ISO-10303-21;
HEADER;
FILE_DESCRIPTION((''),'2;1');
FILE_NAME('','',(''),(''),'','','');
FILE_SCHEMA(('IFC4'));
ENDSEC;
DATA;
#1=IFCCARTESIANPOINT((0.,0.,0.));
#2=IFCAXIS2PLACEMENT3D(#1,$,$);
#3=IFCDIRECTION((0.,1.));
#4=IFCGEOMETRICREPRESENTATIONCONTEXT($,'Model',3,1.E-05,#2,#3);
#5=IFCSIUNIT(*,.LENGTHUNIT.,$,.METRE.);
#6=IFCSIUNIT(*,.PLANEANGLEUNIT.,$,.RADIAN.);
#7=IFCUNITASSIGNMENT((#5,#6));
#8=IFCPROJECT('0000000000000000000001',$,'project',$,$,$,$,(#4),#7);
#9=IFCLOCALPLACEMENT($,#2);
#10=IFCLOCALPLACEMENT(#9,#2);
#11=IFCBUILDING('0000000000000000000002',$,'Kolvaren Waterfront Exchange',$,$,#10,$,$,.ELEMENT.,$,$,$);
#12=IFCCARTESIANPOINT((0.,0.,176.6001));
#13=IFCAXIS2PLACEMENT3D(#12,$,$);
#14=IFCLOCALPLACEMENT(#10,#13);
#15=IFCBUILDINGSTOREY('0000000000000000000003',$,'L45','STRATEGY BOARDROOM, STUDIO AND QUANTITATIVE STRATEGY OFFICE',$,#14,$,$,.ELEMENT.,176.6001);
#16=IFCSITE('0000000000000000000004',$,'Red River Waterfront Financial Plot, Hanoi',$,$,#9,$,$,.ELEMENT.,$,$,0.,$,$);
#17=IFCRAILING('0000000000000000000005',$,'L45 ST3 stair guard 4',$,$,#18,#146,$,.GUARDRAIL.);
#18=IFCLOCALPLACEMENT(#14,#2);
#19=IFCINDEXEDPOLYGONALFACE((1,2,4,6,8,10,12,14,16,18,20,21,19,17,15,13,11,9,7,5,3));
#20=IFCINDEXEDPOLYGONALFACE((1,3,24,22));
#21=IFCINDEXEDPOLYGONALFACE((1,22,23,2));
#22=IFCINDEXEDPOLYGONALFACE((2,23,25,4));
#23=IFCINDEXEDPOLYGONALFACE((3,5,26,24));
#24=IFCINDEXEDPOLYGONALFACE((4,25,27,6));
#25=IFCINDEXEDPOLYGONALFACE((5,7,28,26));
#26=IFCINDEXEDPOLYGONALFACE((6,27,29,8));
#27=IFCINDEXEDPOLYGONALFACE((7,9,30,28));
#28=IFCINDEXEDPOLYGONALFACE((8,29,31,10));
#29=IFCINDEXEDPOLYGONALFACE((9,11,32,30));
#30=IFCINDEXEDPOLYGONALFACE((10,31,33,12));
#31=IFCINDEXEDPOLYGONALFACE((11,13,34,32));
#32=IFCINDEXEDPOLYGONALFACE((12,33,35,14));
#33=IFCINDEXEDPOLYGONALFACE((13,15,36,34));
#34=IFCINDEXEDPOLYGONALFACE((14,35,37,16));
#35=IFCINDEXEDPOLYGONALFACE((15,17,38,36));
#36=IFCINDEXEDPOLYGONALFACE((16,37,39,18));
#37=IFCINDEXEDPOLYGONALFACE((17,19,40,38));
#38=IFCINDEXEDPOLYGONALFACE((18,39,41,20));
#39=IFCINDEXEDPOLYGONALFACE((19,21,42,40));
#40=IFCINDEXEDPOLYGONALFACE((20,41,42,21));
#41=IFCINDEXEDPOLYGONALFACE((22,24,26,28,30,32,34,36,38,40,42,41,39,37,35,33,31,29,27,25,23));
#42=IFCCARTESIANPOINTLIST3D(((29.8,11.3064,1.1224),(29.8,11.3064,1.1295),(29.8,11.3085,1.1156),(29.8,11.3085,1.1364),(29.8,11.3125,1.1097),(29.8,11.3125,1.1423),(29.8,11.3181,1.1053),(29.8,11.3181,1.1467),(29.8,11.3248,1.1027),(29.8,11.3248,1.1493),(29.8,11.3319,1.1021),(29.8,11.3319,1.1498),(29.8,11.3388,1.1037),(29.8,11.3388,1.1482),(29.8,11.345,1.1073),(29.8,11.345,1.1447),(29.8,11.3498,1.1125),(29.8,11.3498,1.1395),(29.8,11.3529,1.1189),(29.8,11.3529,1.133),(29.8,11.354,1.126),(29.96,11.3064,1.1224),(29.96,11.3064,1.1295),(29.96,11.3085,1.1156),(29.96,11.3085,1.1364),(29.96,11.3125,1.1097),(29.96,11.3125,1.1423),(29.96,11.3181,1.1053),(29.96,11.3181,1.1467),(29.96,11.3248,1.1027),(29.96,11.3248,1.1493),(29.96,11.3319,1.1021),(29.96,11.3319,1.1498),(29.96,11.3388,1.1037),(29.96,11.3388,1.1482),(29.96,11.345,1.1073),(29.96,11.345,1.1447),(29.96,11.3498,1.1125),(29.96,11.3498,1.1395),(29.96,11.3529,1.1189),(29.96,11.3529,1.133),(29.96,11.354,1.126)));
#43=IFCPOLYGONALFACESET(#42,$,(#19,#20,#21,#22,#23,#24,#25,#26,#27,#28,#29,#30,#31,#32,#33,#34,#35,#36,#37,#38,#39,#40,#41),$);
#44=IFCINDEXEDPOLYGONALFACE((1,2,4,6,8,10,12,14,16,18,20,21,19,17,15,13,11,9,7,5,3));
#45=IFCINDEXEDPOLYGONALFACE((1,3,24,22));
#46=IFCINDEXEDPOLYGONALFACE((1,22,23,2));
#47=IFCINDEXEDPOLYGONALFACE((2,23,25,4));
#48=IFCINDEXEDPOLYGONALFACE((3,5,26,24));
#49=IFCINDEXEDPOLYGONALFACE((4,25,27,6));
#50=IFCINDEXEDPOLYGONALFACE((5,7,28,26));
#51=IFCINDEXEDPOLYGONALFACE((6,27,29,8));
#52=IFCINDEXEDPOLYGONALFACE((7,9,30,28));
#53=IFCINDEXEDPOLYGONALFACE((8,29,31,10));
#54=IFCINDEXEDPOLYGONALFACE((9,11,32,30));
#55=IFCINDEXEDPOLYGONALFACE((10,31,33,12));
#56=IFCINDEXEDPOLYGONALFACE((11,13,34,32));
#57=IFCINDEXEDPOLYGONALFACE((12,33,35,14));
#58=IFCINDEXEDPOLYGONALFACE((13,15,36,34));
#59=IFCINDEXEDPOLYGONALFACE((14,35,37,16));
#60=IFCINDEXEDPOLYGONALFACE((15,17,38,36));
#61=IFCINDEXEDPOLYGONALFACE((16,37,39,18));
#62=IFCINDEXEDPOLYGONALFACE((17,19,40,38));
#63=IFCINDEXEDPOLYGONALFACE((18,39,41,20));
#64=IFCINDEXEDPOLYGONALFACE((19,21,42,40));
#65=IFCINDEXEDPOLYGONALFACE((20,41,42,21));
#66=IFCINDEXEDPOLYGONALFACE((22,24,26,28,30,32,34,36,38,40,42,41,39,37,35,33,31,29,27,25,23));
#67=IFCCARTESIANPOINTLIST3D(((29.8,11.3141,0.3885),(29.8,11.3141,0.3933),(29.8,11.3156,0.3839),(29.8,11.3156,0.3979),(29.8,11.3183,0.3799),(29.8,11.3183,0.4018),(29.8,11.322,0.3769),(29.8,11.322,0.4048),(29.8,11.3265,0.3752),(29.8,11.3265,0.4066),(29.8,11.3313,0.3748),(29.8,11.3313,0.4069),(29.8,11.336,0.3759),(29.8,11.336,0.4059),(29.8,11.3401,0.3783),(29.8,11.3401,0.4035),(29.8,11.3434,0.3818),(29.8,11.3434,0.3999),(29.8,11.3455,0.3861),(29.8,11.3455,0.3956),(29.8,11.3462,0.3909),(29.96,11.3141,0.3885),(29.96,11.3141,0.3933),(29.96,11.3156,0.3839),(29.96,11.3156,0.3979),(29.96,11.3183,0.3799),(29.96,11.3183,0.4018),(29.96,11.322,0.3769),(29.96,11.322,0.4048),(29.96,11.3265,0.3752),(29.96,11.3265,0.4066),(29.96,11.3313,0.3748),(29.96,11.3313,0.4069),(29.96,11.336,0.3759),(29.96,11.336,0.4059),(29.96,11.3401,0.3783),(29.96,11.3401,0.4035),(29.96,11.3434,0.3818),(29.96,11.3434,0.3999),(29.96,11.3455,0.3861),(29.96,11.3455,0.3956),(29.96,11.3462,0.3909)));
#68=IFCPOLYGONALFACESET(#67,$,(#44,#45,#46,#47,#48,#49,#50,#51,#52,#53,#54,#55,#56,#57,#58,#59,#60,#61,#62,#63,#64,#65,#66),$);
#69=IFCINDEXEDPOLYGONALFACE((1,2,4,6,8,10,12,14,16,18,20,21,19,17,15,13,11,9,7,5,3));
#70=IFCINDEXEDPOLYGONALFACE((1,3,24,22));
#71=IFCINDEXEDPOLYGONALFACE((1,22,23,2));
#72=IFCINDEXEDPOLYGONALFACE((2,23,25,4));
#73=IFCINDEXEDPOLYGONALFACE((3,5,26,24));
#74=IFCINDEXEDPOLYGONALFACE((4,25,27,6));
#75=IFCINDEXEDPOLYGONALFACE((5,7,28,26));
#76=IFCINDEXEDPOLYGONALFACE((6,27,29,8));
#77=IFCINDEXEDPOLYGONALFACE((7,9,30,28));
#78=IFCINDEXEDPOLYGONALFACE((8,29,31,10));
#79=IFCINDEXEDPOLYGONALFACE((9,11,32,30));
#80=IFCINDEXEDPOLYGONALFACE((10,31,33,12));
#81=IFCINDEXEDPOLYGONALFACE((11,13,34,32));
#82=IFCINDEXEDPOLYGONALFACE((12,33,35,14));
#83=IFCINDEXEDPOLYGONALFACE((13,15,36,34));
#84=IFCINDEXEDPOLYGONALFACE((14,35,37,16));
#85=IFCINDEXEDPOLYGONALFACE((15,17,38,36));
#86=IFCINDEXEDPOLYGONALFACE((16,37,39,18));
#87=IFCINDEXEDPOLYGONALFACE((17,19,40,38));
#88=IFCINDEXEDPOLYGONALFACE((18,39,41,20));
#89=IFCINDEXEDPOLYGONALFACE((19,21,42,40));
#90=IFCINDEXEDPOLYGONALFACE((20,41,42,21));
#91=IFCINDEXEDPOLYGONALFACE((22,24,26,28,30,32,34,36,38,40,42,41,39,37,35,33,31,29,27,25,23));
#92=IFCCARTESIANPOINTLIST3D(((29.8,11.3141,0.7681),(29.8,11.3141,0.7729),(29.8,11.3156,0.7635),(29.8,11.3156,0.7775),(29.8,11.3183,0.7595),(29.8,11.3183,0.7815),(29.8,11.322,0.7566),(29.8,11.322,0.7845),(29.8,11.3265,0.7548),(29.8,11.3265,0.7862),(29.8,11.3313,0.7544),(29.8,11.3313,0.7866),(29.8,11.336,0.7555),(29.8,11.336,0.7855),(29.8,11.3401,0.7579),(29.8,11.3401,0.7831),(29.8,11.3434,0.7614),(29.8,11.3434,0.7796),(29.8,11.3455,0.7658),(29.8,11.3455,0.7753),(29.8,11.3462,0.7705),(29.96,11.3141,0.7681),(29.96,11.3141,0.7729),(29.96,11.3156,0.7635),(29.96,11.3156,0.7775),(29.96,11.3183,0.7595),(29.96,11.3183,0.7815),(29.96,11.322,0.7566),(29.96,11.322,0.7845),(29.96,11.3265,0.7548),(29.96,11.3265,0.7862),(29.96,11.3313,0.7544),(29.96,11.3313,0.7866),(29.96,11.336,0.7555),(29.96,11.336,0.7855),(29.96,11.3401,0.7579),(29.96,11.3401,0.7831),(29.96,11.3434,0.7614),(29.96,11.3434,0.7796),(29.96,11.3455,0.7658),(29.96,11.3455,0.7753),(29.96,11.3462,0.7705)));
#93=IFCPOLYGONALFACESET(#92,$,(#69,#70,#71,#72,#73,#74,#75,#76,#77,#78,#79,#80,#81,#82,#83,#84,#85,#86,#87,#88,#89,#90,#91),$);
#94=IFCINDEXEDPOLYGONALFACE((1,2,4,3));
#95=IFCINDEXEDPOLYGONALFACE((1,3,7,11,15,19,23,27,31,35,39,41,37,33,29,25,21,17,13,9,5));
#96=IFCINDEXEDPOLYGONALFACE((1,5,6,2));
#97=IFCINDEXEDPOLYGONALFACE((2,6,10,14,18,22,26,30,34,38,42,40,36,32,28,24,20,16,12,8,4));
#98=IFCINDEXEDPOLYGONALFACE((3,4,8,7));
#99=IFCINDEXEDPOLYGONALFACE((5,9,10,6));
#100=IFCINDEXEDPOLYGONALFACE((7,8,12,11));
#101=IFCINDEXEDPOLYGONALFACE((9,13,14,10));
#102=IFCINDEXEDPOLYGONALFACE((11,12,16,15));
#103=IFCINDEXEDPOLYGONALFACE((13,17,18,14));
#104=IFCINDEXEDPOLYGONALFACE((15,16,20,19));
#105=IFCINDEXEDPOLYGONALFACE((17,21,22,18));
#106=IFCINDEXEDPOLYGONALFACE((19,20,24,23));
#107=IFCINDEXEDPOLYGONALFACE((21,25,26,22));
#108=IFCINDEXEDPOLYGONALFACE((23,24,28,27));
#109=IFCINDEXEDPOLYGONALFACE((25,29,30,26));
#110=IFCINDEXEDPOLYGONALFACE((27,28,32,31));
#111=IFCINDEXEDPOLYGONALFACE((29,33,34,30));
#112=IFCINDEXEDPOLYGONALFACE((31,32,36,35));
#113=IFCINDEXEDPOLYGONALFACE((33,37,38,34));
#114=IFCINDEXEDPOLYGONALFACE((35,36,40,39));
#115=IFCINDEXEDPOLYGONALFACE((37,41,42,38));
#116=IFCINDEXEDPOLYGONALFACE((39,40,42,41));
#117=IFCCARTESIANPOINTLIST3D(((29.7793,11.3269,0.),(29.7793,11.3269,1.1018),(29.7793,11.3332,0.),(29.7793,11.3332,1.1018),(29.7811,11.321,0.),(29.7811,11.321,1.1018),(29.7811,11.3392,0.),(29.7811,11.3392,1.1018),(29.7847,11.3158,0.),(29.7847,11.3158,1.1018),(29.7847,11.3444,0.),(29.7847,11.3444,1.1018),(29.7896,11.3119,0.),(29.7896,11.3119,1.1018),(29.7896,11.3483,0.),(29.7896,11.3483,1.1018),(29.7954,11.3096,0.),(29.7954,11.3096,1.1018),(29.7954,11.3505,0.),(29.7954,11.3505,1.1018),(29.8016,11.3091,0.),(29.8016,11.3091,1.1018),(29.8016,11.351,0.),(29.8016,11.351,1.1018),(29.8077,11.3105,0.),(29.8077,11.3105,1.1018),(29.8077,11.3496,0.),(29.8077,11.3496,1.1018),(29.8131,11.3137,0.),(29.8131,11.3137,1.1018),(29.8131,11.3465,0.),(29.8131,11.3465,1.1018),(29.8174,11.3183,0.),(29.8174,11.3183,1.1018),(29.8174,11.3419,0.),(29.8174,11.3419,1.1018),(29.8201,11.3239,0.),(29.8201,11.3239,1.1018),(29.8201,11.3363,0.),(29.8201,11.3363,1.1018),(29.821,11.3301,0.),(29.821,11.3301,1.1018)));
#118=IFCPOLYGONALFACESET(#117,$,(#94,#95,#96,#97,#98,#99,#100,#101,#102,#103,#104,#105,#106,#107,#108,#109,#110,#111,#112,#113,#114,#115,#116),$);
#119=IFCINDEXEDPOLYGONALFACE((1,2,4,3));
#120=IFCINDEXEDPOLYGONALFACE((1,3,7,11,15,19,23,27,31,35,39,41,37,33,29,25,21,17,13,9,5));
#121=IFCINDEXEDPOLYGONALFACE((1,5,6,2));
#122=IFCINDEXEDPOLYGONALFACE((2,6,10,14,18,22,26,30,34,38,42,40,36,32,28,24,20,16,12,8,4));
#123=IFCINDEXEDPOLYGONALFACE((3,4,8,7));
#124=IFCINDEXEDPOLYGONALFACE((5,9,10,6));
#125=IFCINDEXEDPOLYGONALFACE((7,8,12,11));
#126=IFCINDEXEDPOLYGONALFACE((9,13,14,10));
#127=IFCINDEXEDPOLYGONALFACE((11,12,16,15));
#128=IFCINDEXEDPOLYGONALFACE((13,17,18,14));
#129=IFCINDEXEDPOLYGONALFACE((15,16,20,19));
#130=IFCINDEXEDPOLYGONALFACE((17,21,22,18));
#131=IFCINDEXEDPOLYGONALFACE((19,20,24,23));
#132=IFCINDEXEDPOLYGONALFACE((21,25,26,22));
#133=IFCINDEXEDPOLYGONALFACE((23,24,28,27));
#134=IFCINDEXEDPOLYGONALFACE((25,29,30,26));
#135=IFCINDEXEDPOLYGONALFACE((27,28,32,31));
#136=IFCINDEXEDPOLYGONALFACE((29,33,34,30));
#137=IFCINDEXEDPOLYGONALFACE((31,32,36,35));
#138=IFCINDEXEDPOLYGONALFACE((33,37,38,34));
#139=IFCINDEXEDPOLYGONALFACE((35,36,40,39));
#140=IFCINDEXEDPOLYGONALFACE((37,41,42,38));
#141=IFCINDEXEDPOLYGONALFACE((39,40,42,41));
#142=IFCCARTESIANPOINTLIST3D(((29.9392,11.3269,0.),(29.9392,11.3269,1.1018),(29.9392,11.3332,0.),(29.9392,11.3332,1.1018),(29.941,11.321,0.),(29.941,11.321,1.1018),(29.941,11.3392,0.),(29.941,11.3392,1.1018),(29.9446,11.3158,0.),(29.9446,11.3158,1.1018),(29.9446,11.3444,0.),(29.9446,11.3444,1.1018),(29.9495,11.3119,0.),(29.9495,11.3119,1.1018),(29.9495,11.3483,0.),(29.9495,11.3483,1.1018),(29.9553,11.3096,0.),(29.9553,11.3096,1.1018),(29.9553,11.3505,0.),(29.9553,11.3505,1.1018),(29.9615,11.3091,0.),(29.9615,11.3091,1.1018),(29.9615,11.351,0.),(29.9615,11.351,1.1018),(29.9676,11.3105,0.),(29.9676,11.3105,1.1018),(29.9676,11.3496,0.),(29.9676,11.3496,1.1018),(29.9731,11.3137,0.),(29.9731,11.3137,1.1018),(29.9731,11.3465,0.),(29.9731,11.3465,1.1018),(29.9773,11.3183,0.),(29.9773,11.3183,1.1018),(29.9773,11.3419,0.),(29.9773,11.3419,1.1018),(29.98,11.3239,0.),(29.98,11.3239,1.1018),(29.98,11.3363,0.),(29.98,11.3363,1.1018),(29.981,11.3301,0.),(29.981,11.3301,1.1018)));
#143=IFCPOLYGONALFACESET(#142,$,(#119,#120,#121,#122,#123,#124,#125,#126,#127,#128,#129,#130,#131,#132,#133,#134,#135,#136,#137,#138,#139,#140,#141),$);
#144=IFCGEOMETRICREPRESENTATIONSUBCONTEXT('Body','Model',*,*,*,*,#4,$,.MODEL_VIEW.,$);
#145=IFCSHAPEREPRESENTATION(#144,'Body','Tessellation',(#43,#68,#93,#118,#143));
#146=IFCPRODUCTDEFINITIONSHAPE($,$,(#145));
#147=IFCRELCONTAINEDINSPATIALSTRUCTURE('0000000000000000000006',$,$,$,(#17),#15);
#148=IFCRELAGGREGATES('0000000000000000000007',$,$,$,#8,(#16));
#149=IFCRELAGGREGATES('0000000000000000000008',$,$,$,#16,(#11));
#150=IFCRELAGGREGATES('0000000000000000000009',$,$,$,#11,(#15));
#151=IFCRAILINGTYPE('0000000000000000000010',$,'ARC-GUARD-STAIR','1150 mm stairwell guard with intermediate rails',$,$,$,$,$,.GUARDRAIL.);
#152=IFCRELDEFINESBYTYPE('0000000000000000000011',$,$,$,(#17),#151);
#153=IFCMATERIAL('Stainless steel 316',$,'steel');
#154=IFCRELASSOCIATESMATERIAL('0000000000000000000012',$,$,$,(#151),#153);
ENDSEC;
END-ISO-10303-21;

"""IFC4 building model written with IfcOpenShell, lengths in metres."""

from ifc_helpers import new_model, si_unit, direction, frame, origin, origin_2d, place, context, subcontext, project, spatial, circle, extrude, material, type_object, element, save


model = new_model("IFC4")

# Units and contexts
model_context = context("Model", 3, precision=1e-05, world=origin(), true_north=direction((0.0, 1.0)))
body_context = subcontext(model_context, "Body", "Model", "MODEL_VIEW")
ifc_project = project(units=[si_unit("LENGTHUNIT", "METRE"), si_unit("PLANEANGLEUNIT", "RADIAN")], contexts=[model_context])

# Site, building, storey
site_placement = place(None, origin())
site = spatial("IfcSite", under=ifc_project, at=site_placement, Name="Red River Waterfront Financial Plot, Hanoi", CompositionType="ELEMENT", RefElevation=0.0)
building_placement = place(site_placement, origin())
building = spatial("IfcBuilding", under=site, at=building_placement, Name="Kolvaren Waterfront Exchange", CompositionType="ELEMENT")
storey_placement = place(building_placement, frame((0.0, 0.0, 176.6001)))
storey = spatial("IfcBuildingStorey", under=building, at=storey_placement, Name="L45", Description="STRATEGY BOARDROOM, STUDIO AND QUANTITATIVE STRATEGY OFFICE", CompositionType="ELEMENT", Elevation=176.6001)

# Railing
ifc_material_1 = material(Name="Stainless steel 316", Category="steel")
railing_type_1 = type_object("IfcRailingType", Name="ARC-GUARD-STAIR", Description="1150 mm stairwell guard with intermediate rails", PredefinedType="GUARDRAIL", material=ifc_material_1)
railing_1_placement = place(storey_placement, frame((29.8, 11.3301, 0.0)))
element("IfcRailing", 1, at=railing_1_placement, inside=storey, type_object=railing_type_1, Name="L45 ST3 stair guard 4", PredefinedType="GUARDRAIL", context=body_context, shape_type="SweptSolid", body=[
    extrude(circle(Radius=0.0239, at=origin_2d()), frame((0.0, 0.0, 1.126), z_axis=(1.0, 0.0, 0.0), x_axis=(0.0, 1.0, 0.0)), (0.0, 0.0, 1.0), 0.1599),
    extrude(circle(Radius=0.0161, at=origin_2d()), frame((0.0, 0.0, 0.3909), z_axis=(1.0, 0.0, 0.0), x_axis=(0.0, 1.0, 0.0)), (0.0, 0.0, 1.0), 0.1599),
    extrude(circle(Radius=0.0161, at=origin_2d()), frame((0.0, 0.0, 0.7705), z_axis=(1.0, 0.0, 0.0), x_axis=(0.0, 1.0, 0.0)), (0.0, 0.0, 1.0), 0.1599),
    extrude(circle(Radius=0.021, at=origin_2d()), origin(), (0.0, 0.0, 1.0), 1.1018),
    extrude(circle(Radius=0.021, at=origin_2d()), frame((0.1599, 0.0, 0.0)), (0.0, 0.0, 1.0), 1.1018),
])

save(model, "model.ifc")
